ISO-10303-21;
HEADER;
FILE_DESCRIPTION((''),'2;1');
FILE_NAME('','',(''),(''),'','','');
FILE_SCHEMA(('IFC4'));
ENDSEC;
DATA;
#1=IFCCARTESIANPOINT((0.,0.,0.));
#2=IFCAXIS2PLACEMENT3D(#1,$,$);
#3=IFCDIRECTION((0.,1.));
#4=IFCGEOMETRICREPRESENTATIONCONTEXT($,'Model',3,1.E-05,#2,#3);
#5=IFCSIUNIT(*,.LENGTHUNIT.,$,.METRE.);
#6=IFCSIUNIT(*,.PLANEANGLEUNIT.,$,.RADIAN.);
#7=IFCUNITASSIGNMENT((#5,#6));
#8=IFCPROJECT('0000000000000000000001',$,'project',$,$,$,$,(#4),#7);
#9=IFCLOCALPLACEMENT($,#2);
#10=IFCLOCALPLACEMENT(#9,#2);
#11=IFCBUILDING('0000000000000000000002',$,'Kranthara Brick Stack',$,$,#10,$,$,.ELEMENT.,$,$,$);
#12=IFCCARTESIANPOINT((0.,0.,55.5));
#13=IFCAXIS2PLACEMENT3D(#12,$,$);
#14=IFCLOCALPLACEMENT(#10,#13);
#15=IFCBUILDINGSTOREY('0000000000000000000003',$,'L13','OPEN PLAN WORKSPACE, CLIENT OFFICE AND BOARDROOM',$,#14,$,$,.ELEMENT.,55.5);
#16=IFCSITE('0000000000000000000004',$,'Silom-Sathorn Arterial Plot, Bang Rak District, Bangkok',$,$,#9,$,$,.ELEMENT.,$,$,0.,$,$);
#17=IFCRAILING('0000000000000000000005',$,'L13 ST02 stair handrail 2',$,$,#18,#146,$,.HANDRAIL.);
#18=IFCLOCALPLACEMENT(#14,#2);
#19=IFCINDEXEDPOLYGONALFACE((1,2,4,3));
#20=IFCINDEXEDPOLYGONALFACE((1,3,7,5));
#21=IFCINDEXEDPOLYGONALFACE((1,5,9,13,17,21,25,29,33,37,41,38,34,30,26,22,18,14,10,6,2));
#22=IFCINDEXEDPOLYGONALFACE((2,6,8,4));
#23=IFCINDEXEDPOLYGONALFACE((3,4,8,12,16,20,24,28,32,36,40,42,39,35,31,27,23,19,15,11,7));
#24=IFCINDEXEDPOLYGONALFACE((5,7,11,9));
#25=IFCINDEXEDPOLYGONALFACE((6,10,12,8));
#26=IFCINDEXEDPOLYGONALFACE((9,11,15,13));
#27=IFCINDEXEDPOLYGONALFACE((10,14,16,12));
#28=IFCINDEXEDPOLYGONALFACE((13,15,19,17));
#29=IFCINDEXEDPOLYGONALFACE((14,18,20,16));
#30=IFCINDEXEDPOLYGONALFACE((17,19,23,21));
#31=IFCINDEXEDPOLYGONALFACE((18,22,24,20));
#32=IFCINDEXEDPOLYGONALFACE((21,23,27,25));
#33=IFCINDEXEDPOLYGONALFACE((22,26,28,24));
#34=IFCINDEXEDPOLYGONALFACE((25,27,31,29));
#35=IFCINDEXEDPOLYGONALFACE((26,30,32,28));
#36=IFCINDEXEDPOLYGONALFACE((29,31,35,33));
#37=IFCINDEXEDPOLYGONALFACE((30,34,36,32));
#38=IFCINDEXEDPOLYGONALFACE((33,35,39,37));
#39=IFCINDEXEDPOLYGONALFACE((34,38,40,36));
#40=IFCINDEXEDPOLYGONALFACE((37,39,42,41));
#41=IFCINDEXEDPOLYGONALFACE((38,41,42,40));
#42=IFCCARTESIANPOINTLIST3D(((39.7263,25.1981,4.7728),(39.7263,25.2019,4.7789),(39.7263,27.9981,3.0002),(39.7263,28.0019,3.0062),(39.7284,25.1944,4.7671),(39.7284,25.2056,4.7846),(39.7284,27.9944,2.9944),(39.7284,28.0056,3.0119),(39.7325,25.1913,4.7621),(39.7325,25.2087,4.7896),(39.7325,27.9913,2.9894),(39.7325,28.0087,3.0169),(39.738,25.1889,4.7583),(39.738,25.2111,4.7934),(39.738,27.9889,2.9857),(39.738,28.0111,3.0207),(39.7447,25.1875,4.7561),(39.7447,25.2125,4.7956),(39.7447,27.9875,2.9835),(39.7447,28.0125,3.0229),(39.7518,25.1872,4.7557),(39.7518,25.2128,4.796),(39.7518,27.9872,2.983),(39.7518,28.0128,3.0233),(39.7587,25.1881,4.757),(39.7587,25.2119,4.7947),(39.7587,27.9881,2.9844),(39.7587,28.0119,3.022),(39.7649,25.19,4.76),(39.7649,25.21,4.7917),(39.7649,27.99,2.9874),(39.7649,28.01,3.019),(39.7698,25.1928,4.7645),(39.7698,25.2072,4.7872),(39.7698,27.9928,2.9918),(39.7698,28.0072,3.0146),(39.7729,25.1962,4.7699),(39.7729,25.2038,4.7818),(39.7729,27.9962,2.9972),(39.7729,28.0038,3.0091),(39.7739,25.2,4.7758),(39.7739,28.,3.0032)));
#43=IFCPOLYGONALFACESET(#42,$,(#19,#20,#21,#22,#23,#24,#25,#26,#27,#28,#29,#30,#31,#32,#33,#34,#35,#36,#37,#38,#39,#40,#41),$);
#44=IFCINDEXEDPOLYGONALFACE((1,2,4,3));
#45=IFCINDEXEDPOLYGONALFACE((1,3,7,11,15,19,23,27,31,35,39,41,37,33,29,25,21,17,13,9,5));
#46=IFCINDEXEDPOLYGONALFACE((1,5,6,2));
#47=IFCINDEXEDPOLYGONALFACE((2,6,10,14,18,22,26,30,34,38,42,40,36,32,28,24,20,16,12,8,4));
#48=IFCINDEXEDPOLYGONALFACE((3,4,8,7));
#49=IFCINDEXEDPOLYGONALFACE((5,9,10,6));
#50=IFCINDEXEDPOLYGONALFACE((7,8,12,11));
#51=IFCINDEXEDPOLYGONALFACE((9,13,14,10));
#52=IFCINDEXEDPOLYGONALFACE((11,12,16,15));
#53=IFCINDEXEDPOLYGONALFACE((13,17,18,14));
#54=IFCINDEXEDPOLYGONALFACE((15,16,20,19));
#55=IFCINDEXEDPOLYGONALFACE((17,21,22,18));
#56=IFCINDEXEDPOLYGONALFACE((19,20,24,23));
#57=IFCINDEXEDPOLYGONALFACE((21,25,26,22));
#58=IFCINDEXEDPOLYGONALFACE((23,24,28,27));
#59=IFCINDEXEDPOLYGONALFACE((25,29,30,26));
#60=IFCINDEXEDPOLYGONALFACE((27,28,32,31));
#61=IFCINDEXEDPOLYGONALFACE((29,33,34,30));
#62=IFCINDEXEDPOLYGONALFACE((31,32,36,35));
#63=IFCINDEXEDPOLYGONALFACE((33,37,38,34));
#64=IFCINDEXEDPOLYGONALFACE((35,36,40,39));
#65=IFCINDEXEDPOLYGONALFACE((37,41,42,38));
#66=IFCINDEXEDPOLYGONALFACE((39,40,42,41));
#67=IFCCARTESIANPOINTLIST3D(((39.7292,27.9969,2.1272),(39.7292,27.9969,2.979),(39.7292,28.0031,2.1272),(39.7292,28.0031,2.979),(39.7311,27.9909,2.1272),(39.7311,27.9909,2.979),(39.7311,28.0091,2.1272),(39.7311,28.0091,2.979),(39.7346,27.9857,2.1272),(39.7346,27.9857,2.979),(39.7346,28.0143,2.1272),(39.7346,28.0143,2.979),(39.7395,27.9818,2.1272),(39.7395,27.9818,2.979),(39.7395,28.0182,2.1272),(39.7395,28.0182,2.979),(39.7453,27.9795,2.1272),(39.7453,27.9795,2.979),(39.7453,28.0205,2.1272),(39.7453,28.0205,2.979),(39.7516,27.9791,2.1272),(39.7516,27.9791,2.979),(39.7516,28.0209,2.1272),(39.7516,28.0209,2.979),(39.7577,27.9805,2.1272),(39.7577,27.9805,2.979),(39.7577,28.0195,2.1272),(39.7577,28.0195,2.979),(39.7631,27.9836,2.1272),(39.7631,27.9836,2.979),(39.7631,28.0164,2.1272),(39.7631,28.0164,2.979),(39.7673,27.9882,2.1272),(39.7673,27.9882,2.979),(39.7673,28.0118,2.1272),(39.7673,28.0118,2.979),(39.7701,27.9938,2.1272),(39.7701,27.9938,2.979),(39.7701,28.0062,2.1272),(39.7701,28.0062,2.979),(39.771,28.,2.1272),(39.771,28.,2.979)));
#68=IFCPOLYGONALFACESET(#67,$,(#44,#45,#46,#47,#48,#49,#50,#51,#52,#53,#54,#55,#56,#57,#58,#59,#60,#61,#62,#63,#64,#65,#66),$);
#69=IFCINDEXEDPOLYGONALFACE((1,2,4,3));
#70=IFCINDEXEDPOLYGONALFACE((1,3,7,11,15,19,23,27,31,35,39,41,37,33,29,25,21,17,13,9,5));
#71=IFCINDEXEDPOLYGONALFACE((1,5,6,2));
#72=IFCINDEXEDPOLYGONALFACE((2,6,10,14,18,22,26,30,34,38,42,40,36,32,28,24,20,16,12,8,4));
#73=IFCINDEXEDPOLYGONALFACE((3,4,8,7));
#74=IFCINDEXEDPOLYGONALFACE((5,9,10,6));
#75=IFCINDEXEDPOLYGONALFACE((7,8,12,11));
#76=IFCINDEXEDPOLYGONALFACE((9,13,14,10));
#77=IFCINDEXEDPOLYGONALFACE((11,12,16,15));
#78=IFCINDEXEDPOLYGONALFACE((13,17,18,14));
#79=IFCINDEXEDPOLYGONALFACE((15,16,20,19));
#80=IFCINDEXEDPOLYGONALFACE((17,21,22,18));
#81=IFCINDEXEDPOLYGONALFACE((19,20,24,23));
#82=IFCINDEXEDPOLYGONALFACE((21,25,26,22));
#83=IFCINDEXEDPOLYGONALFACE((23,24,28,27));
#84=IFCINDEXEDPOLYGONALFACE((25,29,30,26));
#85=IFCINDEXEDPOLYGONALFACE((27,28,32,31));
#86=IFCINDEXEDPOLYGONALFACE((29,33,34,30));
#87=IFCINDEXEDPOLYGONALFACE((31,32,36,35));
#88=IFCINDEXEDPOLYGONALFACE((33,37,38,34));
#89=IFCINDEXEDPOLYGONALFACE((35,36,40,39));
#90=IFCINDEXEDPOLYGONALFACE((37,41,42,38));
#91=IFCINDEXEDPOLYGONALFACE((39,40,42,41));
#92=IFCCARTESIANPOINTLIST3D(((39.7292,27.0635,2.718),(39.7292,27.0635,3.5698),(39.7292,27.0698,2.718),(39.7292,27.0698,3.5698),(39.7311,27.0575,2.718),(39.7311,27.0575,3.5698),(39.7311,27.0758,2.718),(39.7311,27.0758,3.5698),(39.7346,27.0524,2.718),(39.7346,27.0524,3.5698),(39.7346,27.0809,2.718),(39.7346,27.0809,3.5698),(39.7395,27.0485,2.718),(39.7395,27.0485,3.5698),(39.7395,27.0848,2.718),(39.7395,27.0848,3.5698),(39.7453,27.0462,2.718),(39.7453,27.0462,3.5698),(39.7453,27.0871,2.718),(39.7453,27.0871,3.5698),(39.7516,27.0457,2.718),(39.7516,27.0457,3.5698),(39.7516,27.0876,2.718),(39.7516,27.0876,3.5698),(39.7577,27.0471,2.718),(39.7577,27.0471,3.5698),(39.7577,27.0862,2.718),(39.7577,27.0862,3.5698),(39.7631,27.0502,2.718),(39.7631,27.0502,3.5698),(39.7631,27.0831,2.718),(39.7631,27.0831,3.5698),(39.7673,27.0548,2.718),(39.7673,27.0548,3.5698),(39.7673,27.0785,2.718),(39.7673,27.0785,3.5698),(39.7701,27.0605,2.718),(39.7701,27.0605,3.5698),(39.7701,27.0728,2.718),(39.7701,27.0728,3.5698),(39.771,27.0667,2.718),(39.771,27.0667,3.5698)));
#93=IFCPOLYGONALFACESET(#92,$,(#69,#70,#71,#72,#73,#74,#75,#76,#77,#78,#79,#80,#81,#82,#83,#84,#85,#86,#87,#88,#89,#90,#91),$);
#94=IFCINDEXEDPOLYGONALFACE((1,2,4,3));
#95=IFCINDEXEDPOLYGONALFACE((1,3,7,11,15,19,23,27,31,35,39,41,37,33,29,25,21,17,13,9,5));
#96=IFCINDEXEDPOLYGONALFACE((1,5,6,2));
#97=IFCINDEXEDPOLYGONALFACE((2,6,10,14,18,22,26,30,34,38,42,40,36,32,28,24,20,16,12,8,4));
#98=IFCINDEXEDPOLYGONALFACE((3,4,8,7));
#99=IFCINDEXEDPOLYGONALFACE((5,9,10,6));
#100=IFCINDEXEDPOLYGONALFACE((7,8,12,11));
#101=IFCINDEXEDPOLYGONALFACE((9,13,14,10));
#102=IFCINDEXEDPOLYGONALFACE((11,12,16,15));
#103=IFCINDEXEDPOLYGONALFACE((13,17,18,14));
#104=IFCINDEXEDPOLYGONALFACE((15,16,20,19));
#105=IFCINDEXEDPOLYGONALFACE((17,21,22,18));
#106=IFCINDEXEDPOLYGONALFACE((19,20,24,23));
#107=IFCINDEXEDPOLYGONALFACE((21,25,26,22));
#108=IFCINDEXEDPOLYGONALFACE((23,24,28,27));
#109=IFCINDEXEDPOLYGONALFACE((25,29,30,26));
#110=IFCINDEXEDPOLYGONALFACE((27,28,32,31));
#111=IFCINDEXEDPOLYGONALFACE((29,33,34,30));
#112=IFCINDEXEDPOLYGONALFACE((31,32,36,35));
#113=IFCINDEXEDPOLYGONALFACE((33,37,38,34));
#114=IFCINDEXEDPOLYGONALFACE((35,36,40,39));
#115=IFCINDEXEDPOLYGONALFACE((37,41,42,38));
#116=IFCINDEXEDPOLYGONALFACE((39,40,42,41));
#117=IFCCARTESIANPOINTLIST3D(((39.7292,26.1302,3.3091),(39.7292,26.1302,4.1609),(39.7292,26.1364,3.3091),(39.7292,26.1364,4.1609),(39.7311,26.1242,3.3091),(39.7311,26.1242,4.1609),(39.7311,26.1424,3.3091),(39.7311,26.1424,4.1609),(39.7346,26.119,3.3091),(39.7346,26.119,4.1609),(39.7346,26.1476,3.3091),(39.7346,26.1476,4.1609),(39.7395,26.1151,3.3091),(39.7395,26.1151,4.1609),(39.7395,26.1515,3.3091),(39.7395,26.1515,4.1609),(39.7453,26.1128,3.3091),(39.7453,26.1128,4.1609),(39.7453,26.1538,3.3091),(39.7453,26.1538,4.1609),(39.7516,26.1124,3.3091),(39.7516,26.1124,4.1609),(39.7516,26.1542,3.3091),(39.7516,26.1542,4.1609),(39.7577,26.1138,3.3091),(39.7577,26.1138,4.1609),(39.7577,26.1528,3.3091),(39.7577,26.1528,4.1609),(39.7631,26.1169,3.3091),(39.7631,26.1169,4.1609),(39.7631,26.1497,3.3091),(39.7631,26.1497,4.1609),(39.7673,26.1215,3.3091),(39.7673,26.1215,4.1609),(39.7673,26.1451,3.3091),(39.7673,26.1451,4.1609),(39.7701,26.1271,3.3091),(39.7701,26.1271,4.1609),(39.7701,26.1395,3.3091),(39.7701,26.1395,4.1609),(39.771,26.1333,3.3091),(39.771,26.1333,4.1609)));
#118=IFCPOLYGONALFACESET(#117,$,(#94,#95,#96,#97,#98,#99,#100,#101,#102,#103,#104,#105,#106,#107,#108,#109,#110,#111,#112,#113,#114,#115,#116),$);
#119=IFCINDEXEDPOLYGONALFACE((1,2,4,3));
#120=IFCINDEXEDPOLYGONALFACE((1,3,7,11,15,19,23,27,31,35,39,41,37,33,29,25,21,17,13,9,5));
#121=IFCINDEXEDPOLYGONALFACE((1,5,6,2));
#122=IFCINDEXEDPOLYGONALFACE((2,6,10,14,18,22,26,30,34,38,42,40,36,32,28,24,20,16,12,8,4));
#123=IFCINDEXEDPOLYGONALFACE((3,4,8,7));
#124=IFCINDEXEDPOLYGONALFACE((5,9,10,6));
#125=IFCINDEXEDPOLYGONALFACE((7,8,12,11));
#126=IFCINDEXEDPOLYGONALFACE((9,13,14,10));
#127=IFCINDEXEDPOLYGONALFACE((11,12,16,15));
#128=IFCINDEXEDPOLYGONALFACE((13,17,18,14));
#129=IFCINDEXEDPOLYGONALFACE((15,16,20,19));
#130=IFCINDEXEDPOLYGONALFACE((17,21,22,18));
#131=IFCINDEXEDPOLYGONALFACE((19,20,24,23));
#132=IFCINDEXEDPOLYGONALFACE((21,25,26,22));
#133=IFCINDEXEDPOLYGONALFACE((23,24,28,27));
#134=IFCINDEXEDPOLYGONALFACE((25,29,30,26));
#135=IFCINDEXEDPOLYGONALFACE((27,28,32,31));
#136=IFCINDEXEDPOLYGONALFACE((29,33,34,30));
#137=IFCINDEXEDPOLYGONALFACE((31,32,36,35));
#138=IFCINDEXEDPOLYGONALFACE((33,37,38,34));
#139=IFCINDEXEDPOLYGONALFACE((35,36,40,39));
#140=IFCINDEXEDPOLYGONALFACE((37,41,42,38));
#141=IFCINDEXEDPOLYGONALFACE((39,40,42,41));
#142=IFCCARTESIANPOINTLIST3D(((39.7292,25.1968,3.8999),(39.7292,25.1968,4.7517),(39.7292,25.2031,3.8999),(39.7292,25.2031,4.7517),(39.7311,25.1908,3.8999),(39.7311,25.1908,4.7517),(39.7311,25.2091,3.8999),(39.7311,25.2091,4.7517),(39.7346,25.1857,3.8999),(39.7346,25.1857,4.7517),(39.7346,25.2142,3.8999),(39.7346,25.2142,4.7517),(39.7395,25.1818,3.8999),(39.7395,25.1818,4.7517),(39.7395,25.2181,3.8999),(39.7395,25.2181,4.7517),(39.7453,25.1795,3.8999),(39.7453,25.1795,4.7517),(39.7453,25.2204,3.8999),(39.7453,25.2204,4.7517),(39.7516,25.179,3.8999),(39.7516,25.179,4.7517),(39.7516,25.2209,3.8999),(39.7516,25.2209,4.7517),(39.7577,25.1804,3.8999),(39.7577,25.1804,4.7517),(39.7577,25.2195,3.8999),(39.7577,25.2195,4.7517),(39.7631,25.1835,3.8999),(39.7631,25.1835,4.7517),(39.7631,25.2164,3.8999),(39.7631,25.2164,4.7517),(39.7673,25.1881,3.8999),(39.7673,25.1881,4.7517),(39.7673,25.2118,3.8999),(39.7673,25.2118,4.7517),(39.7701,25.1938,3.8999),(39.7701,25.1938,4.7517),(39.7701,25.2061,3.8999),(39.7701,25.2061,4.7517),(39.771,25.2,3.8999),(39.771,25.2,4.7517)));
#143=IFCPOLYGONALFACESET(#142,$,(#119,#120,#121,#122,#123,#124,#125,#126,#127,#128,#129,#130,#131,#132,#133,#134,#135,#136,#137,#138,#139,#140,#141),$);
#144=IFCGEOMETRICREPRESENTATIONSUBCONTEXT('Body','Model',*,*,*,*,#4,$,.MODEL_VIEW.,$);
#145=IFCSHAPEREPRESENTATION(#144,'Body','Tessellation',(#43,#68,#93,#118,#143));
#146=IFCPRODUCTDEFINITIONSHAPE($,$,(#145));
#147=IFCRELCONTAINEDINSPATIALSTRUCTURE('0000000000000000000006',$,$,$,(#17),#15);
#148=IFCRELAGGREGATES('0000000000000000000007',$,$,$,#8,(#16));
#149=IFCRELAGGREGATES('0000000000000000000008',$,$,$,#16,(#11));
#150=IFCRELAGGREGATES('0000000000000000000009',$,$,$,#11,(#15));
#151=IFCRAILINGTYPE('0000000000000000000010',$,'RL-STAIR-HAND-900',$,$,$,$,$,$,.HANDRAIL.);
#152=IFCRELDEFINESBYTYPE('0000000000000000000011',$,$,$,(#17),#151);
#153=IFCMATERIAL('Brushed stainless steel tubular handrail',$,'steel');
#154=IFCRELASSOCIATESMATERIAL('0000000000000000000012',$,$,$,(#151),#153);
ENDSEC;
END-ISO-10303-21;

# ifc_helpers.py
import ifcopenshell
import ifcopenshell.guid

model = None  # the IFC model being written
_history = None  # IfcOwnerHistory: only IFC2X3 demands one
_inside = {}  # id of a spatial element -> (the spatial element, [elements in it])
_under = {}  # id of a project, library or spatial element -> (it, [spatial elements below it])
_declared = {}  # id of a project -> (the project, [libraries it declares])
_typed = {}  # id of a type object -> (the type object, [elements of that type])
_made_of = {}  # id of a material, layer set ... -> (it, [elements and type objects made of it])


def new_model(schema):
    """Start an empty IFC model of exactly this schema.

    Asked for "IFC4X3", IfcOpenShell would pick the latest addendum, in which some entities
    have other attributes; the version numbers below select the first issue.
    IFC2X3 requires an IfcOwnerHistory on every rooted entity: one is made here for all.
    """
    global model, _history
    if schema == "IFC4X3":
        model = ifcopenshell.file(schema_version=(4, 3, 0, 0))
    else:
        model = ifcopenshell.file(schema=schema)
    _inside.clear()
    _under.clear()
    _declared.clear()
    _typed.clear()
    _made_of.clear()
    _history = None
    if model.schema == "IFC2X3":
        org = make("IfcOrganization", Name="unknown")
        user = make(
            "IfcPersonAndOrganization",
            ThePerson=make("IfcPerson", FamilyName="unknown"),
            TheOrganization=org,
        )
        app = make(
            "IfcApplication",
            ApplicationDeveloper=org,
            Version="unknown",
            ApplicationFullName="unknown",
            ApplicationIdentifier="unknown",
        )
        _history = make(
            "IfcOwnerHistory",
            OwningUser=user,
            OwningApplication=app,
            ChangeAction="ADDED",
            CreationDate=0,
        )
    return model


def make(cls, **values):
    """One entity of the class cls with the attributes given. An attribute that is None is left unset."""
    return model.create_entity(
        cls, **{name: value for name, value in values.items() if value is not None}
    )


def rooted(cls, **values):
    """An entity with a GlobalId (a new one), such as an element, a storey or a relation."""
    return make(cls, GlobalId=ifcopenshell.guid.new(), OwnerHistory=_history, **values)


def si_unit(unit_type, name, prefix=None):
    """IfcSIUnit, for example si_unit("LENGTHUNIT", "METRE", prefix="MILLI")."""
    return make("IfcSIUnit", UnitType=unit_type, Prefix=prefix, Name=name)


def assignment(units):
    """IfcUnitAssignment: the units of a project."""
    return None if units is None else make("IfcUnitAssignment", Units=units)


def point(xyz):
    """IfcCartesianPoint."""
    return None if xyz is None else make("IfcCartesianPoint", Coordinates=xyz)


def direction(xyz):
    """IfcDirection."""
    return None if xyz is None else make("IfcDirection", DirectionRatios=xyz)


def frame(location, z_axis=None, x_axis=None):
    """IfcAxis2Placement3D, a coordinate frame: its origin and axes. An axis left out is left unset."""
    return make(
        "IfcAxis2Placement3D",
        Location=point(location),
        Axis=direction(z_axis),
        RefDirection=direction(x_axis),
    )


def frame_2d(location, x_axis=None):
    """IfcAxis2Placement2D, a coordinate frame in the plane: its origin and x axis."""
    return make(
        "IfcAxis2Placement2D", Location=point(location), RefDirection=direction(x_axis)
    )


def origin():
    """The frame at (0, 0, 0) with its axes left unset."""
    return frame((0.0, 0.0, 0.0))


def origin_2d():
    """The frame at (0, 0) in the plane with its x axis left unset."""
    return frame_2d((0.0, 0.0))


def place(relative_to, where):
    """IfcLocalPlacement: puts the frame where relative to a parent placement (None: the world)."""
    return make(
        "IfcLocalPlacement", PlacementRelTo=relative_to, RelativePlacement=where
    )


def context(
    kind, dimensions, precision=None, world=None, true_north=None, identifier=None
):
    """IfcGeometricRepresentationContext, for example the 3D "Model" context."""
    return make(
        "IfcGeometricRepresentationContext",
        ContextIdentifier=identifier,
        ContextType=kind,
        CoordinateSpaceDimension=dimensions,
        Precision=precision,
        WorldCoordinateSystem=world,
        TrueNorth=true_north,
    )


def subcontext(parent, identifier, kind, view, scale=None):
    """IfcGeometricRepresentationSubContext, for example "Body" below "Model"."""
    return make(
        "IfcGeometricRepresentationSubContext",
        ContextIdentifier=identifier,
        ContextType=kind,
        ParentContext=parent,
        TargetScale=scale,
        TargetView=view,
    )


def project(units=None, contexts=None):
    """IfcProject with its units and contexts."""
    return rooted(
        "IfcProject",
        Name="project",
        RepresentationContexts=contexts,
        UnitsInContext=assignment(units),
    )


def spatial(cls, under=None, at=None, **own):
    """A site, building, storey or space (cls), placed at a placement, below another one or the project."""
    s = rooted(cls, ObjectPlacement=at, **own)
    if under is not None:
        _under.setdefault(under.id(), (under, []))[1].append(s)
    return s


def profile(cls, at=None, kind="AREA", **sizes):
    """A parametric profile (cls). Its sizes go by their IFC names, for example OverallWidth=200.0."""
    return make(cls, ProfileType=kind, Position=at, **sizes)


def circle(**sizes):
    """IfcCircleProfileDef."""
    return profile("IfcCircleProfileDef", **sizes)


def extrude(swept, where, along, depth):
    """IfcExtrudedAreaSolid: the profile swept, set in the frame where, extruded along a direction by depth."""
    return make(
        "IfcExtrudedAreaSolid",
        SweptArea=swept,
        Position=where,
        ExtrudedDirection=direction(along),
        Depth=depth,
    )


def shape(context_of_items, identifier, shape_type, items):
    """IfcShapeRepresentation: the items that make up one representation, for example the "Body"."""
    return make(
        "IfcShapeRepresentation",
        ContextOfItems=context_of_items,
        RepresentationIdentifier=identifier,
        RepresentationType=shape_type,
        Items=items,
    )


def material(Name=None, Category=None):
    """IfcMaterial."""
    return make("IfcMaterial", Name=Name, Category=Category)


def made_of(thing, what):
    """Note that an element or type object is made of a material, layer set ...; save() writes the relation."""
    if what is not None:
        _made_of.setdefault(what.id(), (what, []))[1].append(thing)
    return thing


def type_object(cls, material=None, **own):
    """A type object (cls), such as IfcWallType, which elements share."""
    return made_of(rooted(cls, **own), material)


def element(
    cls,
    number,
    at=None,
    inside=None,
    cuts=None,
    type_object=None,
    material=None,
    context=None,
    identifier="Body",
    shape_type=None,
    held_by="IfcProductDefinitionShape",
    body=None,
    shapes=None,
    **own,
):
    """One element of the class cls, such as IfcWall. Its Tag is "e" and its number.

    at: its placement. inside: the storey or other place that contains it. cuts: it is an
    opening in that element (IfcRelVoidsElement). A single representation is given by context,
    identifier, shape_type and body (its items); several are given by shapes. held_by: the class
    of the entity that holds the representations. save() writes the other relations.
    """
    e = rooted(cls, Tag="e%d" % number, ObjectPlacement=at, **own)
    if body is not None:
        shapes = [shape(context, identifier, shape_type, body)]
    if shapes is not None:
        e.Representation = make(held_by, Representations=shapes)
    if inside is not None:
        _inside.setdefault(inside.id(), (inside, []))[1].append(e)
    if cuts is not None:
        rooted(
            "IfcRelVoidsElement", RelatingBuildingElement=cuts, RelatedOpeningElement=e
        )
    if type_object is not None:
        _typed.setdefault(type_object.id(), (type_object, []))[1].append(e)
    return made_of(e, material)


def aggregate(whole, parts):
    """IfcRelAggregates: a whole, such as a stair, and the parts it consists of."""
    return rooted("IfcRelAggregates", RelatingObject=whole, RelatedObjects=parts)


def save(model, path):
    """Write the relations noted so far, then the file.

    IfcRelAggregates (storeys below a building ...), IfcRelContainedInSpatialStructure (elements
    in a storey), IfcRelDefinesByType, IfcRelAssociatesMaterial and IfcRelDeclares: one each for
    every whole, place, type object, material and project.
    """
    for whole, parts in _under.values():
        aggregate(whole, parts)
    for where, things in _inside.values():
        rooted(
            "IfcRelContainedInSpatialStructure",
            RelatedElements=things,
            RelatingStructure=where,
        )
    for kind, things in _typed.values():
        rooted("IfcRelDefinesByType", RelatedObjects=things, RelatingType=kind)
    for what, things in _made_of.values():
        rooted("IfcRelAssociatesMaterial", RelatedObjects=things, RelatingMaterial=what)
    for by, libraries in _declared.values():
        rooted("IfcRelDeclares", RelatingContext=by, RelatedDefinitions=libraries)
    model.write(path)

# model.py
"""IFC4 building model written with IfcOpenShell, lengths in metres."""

from ifc_helpers import new_model, si_unit, direction, frame, origin, origin_2d, place, context, subcontext, project, spatial, circle, extrude, material, type_object, element, save


model = new_model("IFC4")

# Units and contexts
model_context = context("Model", 3, precision=1e-05, world=origin(), true_north=direction((0.0, 1.0)))
body_context = subcontext(model_context, "Body", "Model", "MODEL_VIEW")
ifc_project = project(units=[si_unit("LENGTHUNIT", "METRE"), si_unit("PLANEANGLEUNIT", "RADIAN")], contexts=[model_context])

# Site, building, storey
site_placement = place(None, origin())
site = spatial("IfcSite", under=ifc_project, at=site_placement, Name="Silom-Sathorn Arterial Plot, Bang Rak District, Bangkok", CompositionType="ELEMENT", RefElevation=0.0)
building_placement = place(site_placement, origin())
building = spatial("IfcBuilding", under=site, at=building_placement, Name="Kranthara Brick Stack", CompositionType="ELEMENT")
storey_placement = place(building_placement, frame((0.0, 0.0, 55.5)))
storey = spatial("IfcBuildingStorey", under=building, at=storey_placement, Name="L13", Description="OPEN PLAN WORKSPACE, CLIENT OFFICE AND BOARDROOM", CompositionType="ELEMENT", Elevation=55.5)

# Railing
ifc_material_1 = material(Name="Brushed stainless steel tubular handrail", Category="steel")
railing_type_1 = type_object("IfcRailingType", Name="RL-STAIR-HAND-900", PredefinedType="HANDRAIL", material=ifc_material_1)
railing_1_placement = place(storey_placement, frame((39.75, 28.0, 2.1272)))
element("IfcRailing", 1, at=railing_1_placement, inside=storey, type_object=railing_type_1, Name="L13 ST02 stair handrail 2", PredefinedType="HANDRAIL", context=body_context, shape_type="SweptSolid", body=[
    extrude(circle(Radius=0.0239, at=origin_2d()), frame((0.0, 0.0, 0.876), z_axis=(0.0, -0.844909, 0.53491), x_axis=(1.0, 0.0, 0.0)), (0.0, 0.0, 1.0), 3.314),
    extrude(circle(Radius=0.021, at=origin_2d()), origin(), (0.0, 0.0, 1.0), 0.8518),
    extrude(circle(Radius=0.021, at=origin_2d()), frame((0.0, -0.9333, 0.5908)), (0.0, 0.0, 1.0), 0.8518),
    extrude(circle(Radius=0.021, at=origin_2d()), frame((0.0, -1.8667, 1.1819)), (0.0, 0.0, 1.0), 0.8518),
    extrude(circle(Radius=0.021, at=origin_2d()), frame((0.0, -2.8, 1.7727)), (0.0, 0.0, 1.0), 0.8518),
])

save(model, "model.ifc")
